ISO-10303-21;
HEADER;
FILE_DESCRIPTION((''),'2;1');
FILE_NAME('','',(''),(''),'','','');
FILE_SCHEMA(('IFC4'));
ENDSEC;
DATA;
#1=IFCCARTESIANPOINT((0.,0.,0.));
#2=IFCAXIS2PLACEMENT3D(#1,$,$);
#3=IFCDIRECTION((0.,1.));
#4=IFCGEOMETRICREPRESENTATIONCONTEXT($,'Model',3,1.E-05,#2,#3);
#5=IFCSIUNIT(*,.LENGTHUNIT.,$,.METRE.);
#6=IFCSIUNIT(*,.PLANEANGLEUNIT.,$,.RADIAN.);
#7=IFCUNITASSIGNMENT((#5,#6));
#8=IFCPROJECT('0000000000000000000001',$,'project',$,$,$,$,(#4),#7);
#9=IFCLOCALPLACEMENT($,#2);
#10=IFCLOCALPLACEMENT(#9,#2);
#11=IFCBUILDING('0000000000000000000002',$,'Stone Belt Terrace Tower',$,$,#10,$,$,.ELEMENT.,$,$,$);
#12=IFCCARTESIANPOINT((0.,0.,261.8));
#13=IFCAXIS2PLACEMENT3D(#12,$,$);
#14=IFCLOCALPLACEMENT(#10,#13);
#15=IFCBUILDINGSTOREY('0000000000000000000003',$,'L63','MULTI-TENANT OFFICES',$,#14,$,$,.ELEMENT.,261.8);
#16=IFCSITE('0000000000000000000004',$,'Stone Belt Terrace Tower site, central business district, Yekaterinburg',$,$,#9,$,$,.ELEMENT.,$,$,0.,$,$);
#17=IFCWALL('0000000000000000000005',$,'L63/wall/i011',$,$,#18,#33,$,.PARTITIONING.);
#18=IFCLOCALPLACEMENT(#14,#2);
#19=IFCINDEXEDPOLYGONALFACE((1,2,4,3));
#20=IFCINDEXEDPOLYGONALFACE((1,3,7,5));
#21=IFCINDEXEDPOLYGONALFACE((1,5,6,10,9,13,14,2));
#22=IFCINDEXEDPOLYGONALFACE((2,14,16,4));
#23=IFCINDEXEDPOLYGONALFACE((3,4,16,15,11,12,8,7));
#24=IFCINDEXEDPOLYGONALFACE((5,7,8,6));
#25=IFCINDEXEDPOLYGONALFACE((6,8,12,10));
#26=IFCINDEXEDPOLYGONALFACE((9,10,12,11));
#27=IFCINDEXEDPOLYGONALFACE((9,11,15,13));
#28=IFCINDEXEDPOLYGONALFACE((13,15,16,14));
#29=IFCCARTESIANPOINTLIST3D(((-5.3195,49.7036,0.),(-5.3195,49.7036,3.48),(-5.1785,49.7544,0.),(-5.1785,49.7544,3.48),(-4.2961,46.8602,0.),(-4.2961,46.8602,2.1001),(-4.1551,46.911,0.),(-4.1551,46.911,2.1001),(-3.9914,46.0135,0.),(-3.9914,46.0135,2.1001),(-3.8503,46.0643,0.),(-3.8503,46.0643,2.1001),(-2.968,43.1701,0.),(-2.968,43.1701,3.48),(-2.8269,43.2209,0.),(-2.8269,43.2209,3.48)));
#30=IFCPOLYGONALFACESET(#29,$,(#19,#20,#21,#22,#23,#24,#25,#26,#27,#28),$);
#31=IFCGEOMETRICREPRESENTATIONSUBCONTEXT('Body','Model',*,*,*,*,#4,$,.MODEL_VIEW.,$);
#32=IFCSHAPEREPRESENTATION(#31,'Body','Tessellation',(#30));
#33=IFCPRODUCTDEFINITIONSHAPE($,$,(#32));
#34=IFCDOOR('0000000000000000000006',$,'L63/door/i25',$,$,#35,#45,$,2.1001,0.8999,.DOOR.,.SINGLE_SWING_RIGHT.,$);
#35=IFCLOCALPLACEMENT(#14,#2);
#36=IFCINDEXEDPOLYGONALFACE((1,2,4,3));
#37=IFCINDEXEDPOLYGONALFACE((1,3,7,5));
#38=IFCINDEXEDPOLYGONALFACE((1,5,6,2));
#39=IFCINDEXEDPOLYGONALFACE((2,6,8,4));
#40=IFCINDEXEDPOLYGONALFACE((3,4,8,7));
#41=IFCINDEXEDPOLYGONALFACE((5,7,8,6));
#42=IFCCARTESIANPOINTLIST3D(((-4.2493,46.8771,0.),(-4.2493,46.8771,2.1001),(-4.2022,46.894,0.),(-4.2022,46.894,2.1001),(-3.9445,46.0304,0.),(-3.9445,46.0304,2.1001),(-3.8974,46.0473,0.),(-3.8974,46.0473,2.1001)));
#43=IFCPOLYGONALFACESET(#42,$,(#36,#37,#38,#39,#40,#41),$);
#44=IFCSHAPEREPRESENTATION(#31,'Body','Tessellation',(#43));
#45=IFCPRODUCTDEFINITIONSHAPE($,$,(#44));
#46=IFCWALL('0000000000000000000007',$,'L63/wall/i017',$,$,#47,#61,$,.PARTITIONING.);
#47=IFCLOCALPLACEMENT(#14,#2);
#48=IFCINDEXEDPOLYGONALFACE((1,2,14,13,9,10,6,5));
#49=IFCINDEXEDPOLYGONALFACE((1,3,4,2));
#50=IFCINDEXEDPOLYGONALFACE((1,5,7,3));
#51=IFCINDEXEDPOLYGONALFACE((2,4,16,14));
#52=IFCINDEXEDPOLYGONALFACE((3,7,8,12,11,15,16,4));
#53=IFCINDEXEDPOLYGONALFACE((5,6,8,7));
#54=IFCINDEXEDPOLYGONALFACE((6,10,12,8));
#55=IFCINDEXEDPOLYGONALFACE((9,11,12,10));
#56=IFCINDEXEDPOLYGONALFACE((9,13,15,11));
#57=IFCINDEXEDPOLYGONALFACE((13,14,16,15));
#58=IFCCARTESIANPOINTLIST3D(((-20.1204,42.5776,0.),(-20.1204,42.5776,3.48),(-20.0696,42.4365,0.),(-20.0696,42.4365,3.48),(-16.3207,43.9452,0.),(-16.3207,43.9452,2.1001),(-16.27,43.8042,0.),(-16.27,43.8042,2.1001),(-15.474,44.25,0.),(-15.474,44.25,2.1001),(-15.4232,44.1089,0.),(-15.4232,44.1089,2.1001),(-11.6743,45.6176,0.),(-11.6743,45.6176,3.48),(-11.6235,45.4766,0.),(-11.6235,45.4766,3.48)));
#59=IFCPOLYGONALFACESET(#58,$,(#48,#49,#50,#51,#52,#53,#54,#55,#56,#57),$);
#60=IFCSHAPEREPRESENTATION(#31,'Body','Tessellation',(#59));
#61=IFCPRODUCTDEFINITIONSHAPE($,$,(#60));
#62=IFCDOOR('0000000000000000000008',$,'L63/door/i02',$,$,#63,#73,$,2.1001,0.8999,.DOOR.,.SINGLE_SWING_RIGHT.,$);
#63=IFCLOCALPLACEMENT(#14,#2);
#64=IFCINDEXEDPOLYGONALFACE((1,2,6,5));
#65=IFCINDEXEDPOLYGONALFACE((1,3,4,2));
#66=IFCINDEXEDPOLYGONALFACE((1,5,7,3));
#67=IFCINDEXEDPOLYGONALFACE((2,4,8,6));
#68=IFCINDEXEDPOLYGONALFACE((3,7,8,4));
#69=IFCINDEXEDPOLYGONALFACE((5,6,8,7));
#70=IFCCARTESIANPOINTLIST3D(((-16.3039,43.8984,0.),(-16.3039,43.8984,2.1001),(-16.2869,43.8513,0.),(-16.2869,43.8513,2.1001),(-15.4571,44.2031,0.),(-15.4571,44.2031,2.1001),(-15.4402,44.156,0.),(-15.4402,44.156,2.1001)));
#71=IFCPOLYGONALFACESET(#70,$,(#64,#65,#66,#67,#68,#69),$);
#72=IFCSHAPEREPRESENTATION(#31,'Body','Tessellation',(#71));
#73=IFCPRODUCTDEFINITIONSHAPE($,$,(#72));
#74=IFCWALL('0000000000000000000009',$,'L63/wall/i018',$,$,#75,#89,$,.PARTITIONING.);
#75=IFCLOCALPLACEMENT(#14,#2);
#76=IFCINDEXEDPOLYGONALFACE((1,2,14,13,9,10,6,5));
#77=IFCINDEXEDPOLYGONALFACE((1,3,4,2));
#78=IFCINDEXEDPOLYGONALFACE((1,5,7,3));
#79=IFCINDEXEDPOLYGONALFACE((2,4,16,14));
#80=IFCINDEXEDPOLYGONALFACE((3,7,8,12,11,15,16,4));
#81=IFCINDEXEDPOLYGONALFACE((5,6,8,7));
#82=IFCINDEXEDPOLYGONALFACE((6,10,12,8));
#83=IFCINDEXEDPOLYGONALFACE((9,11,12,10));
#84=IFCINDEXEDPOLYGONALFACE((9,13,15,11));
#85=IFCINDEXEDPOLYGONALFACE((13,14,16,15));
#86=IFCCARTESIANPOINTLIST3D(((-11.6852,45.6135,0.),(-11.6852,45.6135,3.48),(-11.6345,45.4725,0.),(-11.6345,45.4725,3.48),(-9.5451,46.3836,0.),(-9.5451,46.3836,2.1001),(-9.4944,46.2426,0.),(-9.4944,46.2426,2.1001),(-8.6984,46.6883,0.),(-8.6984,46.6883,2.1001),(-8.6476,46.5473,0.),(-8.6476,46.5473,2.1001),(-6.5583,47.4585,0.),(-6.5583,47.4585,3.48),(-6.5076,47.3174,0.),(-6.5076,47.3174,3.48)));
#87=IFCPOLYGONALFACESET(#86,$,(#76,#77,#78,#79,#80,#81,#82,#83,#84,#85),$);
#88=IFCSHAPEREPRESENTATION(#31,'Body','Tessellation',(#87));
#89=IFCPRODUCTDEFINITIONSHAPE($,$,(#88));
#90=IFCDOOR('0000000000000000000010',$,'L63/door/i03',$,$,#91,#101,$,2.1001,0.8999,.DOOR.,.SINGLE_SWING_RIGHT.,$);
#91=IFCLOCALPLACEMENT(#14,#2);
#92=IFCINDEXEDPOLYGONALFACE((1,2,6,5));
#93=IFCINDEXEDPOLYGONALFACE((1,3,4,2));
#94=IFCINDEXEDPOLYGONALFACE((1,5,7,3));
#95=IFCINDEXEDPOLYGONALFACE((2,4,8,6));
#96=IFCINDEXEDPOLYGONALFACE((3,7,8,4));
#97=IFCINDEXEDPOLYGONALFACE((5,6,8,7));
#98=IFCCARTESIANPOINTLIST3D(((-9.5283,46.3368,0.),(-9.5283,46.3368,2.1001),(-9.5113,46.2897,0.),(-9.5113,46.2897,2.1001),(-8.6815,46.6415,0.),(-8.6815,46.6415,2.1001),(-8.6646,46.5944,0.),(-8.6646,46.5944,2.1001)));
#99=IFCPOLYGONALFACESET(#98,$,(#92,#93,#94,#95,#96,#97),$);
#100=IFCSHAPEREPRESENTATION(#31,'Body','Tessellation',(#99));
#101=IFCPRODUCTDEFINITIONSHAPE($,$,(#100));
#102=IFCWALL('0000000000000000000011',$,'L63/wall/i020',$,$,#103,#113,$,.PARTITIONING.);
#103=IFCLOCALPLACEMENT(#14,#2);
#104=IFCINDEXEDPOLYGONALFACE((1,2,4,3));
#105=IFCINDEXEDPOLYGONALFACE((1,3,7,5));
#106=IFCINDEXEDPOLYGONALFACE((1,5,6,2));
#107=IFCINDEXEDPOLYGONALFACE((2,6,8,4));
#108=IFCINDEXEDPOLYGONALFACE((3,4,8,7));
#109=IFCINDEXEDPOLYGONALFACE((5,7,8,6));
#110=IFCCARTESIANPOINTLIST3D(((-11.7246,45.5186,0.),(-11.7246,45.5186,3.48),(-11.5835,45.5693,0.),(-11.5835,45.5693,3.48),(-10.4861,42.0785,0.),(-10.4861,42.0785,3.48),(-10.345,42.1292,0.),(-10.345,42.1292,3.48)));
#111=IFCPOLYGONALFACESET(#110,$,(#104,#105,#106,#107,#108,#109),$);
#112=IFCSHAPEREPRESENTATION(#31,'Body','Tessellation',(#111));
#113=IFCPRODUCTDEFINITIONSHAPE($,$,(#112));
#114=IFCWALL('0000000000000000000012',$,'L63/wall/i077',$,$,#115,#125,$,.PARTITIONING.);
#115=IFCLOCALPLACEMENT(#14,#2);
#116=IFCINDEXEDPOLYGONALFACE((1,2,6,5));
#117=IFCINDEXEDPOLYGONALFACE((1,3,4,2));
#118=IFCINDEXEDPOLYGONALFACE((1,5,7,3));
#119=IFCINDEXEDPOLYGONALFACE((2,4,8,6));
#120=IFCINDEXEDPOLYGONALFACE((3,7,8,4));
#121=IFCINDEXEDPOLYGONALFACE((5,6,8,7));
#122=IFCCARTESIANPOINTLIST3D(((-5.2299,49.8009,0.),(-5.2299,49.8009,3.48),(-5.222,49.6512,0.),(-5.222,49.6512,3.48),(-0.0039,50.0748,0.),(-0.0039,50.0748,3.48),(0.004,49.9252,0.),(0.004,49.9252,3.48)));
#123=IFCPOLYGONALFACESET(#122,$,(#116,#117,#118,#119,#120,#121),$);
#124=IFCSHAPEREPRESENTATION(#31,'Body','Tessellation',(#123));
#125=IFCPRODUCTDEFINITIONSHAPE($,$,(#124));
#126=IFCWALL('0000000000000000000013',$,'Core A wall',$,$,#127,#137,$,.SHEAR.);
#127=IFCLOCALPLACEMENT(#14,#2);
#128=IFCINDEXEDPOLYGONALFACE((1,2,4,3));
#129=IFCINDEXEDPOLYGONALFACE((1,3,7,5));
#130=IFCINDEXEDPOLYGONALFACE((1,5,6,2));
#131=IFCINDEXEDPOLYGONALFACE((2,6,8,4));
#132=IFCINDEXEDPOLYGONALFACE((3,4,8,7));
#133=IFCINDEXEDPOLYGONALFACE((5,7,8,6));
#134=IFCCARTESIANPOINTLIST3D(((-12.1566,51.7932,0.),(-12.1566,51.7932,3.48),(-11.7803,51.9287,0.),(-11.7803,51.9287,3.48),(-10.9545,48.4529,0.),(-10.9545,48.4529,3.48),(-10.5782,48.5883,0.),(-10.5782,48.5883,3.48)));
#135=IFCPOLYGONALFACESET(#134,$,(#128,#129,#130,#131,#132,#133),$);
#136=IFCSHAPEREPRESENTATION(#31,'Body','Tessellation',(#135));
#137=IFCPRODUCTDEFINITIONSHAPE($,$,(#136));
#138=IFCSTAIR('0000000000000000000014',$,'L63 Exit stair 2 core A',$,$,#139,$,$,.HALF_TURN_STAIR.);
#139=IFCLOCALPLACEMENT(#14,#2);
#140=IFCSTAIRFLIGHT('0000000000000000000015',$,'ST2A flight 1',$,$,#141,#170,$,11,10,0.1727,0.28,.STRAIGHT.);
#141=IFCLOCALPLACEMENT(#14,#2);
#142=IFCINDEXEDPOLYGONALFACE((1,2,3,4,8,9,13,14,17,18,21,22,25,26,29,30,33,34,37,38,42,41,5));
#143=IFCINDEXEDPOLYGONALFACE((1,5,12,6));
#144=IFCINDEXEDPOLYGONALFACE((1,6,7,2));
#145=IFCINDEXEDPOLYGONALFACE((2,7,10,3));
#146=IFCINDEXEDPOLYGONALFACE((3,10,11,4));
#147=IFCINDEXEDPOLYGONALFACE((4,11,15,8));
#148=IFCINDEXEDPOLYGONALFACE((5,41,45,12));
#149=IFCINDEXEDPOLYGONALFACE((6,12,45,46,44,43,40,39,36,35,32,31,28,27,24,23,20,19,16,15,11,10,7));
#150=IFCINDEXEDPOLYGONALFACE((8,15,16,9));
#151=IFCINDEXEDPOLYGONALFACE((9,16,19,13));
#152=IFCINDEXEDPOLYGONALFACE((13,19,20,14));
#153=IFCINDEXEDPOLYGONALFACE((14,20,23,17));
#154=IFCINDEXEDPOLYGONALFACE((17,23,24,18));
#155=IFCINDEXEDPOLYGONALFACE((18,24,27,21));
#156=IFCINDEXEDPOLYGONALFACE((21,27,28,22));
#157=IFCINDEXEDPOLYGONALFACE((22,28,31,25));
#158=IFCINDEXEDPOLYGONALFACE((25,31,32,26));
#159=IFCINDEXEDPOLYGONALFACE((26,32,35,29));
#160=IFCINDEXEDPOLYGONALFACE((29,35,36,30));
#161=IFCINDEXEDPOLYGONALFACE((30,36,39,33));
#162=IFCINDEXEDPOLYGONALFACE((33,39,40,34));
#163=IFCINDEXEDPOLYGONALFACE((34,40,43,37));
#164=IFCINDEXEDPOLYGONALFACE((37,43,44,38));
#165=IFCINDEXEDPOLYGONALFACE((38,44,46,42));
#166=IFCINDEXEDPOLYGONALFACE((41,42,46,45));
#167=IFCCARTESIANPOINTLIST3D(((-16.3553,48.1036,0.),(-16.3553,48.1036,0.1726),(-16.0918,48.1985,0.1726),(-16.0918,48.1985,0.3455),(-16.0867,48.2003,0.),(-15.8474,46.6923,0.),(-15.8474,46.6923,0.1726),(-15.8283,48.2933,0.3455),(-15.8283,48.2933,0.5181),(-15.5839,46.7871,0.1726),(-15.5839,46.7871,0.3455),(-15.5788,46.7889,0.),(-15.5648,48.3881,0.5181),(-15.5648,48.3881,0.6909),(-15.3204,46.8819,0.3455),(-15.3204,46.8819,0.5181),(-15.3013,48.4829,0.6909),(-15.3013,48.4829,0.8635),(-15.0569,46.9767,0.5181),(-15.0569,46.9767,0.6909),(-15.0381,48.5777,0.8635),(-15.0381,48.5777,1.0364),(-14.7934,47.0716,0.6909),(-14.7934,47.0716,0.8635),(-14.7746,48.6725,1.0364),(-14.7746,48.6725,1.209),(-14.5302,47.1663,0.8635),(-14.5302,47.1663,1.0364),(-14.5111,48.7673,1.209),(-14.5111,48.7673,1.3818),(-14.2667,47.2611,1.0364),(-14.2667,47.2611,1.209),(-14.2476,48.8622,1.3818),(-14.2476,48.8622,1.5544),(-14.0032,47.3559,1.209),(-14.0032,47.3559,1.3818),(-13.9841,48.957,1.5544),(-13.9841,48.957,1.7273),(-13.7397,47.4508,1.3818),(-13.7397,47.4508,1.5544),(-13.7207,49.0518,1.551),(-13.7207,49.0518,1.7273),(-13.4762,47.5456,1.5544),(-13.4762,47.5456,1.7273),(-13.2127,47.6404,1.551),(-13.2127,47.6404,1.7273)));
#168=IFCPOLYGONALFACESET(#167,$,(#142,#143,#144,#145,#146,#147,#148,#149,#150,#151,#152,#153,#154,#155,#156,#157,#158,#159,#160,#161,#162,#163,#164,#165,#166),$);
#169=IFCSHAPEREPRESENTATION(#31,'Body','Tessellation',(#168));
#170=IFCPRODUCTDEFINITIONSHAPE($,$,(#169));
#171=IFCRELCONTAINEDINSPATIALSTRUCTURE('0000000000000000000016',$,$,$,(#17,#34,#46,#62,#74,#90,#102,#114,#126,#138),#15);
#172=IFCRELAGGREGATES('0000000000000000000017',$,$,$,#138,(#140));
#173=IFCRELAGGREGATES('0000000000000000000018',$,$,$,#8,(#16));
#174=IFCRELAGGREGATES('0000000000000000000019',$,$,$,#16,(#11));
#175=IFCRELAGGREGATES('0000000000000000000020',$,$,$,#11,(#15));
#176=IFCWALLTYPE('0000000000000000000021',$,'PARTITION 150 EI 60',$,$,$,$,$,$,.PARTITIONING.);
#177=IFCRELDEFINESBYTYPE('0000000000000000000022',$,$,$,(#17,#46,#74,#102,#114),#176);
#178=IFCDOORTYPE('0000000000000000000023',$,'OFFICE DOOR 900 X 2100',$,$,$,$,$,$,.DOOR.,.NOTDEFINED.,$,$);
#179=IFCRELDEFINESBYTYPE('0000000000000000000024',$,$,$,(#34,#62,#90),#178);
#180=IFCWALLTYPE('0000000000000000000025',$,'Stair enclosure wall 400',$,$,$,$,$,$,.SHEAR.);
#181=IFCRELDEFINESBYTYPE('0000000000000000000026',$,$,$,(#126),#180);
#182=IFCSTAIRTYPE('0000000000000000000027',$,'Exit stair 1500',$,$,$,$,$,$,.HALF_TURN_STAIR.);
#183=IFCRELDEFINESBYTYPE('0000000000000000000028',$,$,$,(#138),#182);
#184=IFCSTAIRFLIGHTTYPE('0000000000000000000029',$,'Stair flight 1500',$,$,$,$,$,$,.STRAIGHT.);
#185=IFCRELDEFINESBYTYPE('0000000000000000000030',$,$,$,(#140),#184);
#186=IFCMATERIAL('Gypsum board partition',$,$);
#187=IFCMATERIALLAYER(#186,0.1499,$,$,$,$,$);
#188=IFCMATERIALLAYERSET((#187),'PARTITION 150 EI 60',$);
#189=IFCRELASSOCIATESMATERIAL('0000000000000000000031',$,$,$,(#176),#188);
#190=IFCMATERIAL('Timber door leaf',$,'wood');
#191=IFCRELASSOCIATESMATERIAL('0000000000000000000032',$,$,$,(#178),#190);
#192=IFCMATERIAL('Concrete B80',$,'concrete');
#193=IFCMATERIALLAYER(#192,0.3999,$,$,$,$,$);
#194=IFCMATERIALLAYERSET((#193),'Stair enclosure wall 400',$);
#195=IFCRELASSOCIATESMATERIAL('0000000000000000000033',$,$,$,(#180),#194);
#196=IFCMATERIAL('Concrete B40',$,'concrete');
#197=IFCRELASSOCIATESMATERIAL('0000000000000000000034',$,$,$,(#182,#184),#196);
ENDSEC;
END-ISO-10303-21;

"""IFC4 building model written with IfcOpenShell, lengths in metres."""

from ifc_helpers import new_model, si_unit, direction, frame, frame_2d, origin, place, context, subcontext, project, spatial, polyline, rectangle, outline, extrude, material, layer, layer_set, type_object, element, fill, aggregate, save


model = new_model("IFC4")

# Units and contexts
model_context = context("Model", 3, precision=1e-05, world=origin(), true_north=direction((0.0, 1.0)))
body_context = subcontext(model_context, "Body", "Model", "MODEL_VIEW")
ifc_project = project(units=[si_unit("LENGTHUNIT", "METRE"), si_unit("PLANEANGLEUNIT", "RADIAN")], contexts=[model_context])

# Site, building, storey
site_placement = place(None, origin())
site = spatial("IfcSite", under=ifc_project, at=site_placement, Name="Stone Belt Terrace Tower site, central business district, Yekaterinburg", CompositionType="ELEMENT", RefElevation=0.0)
building_placement = place(site_placement, origin())
building = spatial("IfcBuilding", under=site, at=building_placement, Name="Stone Belt Terrace Tower", CompositionType="ELEMENT")
storey_placement = place(building_placement, frame((0.0, 0.0, 261.8)))
storey = spatial("IfcBuildingStorey", under=building, at=storey_placement, Name="L63", Description="MULTI-TENANT OFFICES", CompositionType="ELEMENT", Elevation=261.8)

# Shared definitions
ifc_material_1 = material(Name="Timber door leaf", Category="wood")

# Shared definitions
ifc_material_2 = material(Name="Gypsum board partition")
ifc_layer_1 = layer(ifc_material_2, 0.1499)
ifc_layer_set_1 = layer_set([ifc_layer_1], Name="PARTITION 150 EI 60")
wall_type_1 = type_object("IfcWallType", Name="PARTITION 150 EI 60", PredefinedType="PARTITIONING", material=ifc_layer_set_1)

# Walls, openings, doors
wall_1_placement = place(storey_placement, frame((-5.249, 49.729, 0.0), z_axis=(0.0, 0.0, 1.0), x_axis=(0.338658, -0.940909, 0.0)))
wall_1 = element("IfcWall", 1, at=wall_1_placement, inside=storey, type_object=wall_type_1, Name="L63/wall/i011", PredefinedType="PARTITIONING", context=body_context, shape_type="SweptSolid", body=[
    extrude(rectangle(XDim=6.9438, YDim=0.1499, at=frame_2d((3.4719, 0.0))), origin(), (0.0, 0.0, 1.0), 3.48),
])
opening_1_placement = place(wall_1_placement, frame((3.022, 0.0, 0.0)))
opening_1 = element("IfcOpeningElement", 2, at=opening_1_placement, cuts=wall_1, PredefinedType="OPENING", context=body_context, shape_type="SweptSolid", body=[
    extrude(rectangle(XDim=0.8999, YDim=2.1001, at=frame_2d((0.45, 1.05))), frame((0.0, 0.085, 0.0), z_axis=(0.0, -1.0, 0.0), x_axis=(1.0, 0.0, 0.0)), (0.0, 0.0, 1.0), 0.1699),
])
door_type_1 = type_object("IfcDoorType", Name="OFFICE DOOR 900 X 2100", OperationType="NOTDEFINED", PredefinedType="DOOR", material=ifc_material_1)
door_1_placement = place(opening_1_placement, origin())
door_1 = element("IfcDoor", 3, at=door_1_placement, inside=storey, type_object=door_type_1, Name="L63/door/i25", OperationType="SINGLE_SWING_RIGHT", OverallHeight=2.1001, OverallWidth=0.8999, PredefinedType="DOOR", context=body_context, shape_type="SweptSolid", body=[
    extrude(rectangle(XDim=0.8999, YDim=2.1001, at=frame_2d((0.45, 1.05))), frame((0.0, 0.0249, 0.0), z_axis=(0.0, -1.0, 0.0), x_axis=(1.0, 0.0, 0.0)), (0.0, 0.0, 1.0), 0.05),
])
fill(opening_1, door_1)
wall_2_placement = place(storey_placement, frame((-11.6489, 45.5471, 0.0), z_axis=(0.0, 0.0, 1.0), x_axis=(-0.940906, -0.338666, 0.0)))
wall_2 = element("IfcWall", 4, at=wall_2_placement, inside=storey, type_object=wall_type_1, Name="L63/wall/i017", PredefinedType="PARTITIONING", context=body_context, shape_type="SweptSolid", body=[
    extrude(rectangle(XDim=8.9766, YDim=0.1499, at=frame_2d((4.4883, 0.0))), origin(), (0.0, 0.0, 1.0), 3.48),
])
opening_2_placement = place(wall_2_placement, frame((4.0383, 0.0, 0.0)))
opening_2 = element("IfcOpeningElement", 5, at=opening_2_placement, cuts=wall_2, PredefinedType="OPENING", context=body_context, shape_type="SweptSolid", body=[
    extrude(rectangle(XDim=0.8999, YDim=2.1001, at=frame_2d((0.45, 1.05))), frame((0.0, 0.085, 0.0), z_axis=(0.0, -1.0, 0.0), x_axis=(1.0, 0.0, 0.0)), (0.0, 0.0, 1.0), 0.1699),
])
door_2_placement = place(opening_2_placement, origin())
door_2 = element("IfcDoor", 6, at=door_2_placement, inside=storey, type_object=door_type_1, Name="L63/door/i02", OperationType="SINGLE_SWING_RIGHT", OverallHeight=2.1001, OverallWidth=0.8999, PredefinedType="DOOR", context=body_context, shape_type="SweptSolid", body=[
    extrude(rectangle(XDim=0.8999, YDim=2.1001, at=frame_2d((0.45, 1.05))), frame((0.0, 0.0249, 0.0), z_axis=(0.0, -1.0, 0.0), x_axis=(1.0, 0.0, 0.0)), (0.0, 0.0, 1.0), 0.05),
])
fill(opening_2, door_2)
wall_3_placement = place(storey_placement, frame((-6.533, 47.3879, 0.0), z_axis=(0.0, 0.0, 1.0), x_axis=(-0.94093, -0.3386, 0.0)))
wall_3 = element("IfcWall", 7, at=wall_3_placement, inside=storey, type_object=wall_type_1, Name="L63/wall/i018", PredefinedType="PARTITIONING", context=body_context, shape_type="SweptSolid", body=[
    extrude(rectangle(XDim=5.4487, YDim=0.1499, at=frame_2d((2.7244, 0.0))), origin(), (0.0, 0.0, 1.0), 3.48),
])
opening_3_placement = place(wall_3_placement, frame((2.2744, 0.0, 0.0)))
opening_3 = element("IfcOpeningElement", 8, at=opening_3_placement, cuts=wall_3, PredefinedType="OPENING", context=body_context, shape_type="SweptSolid", body=[
    extrude(rectangle(XDim=0.8999, YDim=2.1001, at=frame_2d((0.45, 1.05))), frame((0.0, 0.085, 0.0), z_axis=(0.0, -1.0, 0.0), x_axis=(1.0, 0.0, 0.0)), (0.0, 0.0, 1.0), 0.1699),
])
door_3_placement = place(opening_3_placement, origin())
door_3 = element("IfcDoor", 9, at=door_3_placement, inside=storey, type_object=door_type_1, Name="L63/door/i03", OperationType="SINGLE_SWING_RIGHT", OverallHeight=2.1001, OverallWidth=0.8999, PredefinedType="DOOR", context=body_context, shape_type="SweptSolid", body=[
    extrude(rectangle(XDim=0.8999, YDim=2.1001, at=frame_2d((0.45, 1.05))), frame((0.0, 0.0249, 0.0), z_axis=(0.0, -1.0, 0.0), x_axis=(1.0, 0.0, 0.0)), (0.0, 0.0, 1.0), 0.05),
])
fill(opening_3, door_3)

# Walls
wall_4_placement = place(storey_placement, frame((-11.6541, 45.5439, 0.0), z_axis=(0.0, 0.0, 1.0), x_axis=(0.338734, -0.940882, 0.0)))
element("IfcWall", 10, at=wall_4_placement, inside=storey, type_object=wall_type_1, Name="L63/wall/i020", PredefinedType="PARTITIONING", context=body_context, shape_type="SweptSolid", body=[
    extrude(rectangle(XDim=3.6562, YDim=0.1499, at=frame_2d((1.8281, 0.0))), origin(), (0.0, 0.0, 1.0), 3.48),
])
wall_5_placement = place(storey_placement, frame((-5.2261, 49.7261, 0.0), z_axis=(0.0, 0.0, 1.0), x_axis=(0.998629, 0.052343, 0.0)))
element("IfcWall", 11, at=wall_5_placement, inside=storey, type_object=wall_type_1, Name="L63/wall/i077", PredefinedType="PARTITIONING", context=body_context, shape_type="SweptSolid", body=[
    extrude(rectangle(XDim=5.2332, YDim=0.1499, at=frame_2d((2.6167, 0.0))), origin(), (0.0, 0.0, 1.0), 3.48),
])
ifc_material_3 = material(Name="Concrete B80", Category="concrete")
ifc_layer_2 = layer(ifc_material_3, 0.3999)
ifc_layer_set_2 = layer_set([ifc_layer_2], Name="Stair enclosure wall 400")
wall_type_2 = type_object("IfcWallType", Name="Stair enclosure wall 400", PredefinedType="SHEAR", material=ifc_layer_set_2)
wall_6_placement = place(storey_placement, frame((-10.7664, 48.5208, 0.0), z_axis=(0.0, 0.0, 1.0), x_axis=(-0.338627, 0.940921, 0.0)))
element("IfcWall", 12, at=wall_6_placement, inside=storey, type_object=wall_type_2, Name="Core A wall", PredefinedType="SHEAR", context=body_context, shape_type="SweptSolid", body=[
    extrude(rectangle(XDim=3.55, YDim=0.3999, at=frame_2d((1.7749, 0.0))), origin(), (0.0, 0.0, 1.0), 3.48),
])

# Stair, stair flight
ifc_material_4 = material(Name="Concrete B40", Category="concrete")
stair_type = type_object("IfcStairType", Name="Exit stair 1500", PredefinedType="HALF_TURN_STAIR", material=ifc_material_4)
stair_placement = place(storey_placement, origin())
stair = element("IfcStair", 13, at=stair_placement, inside=storey, type_object=stair_type, Name="L63 Exit stair 2 core A", PredefinedType="HALF_TURN_STAIR")
stair_flight_type = type_object("IfcStairFlightType", Name="Stair flight 1500", PredefinedType="STRAIGHT", material=ifc_material_4)
stair_flight_1_placement = place(storey_placement, frame((-16.1013, 47.3979, 0.0), z_axis=(0.0, 0.0, 1.0), x_axis=(0.940922, 0.338624, 0.0)))
stair_flight_1 = element("IfcStairFlight", 14, at=stair_flight_1_placement, type_object=stair_flight_type, Name="ST2A flight 1", NumberOfRisers=11, NumberOfTreads=10, PredefinedType="STRAIGHT", RiserHeight=0.1727, TreadLength=0.28, context=body_context, shape_type="SweptSolid", body=[
    extrude(outline(polyline([(0.0, 0.0), (0.0, 0.1726), (0.28, 0.1726), (0.28, 0.3455), (0.5601, 0.3455), (0.5601, 0.5181), (0.8401, 0.5181), (0.8401, 0.6909), (1.1201, 0.6909), (1.1201, 0.8635), (1.3999, 0.8635), (1.3999, 1.0364), (1.6799, 1.0364), (1.6799, 1.209), (1.96, 1.209), (1.96, 1.3818), (2.24, 1.3818), (2.24, 1.5544), (2.52, 1.5544), (2.52, 1.7273), (2.8, 1.7273), (2.8, 1.8999), (2.8, 1.551), (0.2854, 0.0), (0.0, 0.0)])), frame((0.0, 0.75, 0.0), z_axis=(0.0, -1.0, 0.0), x_axis=(1.0, 0.0, 0.0)), (0.0, 0.0, 1.0), 1.5),
])
aggregate(stair, [stair_flight_1])

save(model, "model.ifc")
